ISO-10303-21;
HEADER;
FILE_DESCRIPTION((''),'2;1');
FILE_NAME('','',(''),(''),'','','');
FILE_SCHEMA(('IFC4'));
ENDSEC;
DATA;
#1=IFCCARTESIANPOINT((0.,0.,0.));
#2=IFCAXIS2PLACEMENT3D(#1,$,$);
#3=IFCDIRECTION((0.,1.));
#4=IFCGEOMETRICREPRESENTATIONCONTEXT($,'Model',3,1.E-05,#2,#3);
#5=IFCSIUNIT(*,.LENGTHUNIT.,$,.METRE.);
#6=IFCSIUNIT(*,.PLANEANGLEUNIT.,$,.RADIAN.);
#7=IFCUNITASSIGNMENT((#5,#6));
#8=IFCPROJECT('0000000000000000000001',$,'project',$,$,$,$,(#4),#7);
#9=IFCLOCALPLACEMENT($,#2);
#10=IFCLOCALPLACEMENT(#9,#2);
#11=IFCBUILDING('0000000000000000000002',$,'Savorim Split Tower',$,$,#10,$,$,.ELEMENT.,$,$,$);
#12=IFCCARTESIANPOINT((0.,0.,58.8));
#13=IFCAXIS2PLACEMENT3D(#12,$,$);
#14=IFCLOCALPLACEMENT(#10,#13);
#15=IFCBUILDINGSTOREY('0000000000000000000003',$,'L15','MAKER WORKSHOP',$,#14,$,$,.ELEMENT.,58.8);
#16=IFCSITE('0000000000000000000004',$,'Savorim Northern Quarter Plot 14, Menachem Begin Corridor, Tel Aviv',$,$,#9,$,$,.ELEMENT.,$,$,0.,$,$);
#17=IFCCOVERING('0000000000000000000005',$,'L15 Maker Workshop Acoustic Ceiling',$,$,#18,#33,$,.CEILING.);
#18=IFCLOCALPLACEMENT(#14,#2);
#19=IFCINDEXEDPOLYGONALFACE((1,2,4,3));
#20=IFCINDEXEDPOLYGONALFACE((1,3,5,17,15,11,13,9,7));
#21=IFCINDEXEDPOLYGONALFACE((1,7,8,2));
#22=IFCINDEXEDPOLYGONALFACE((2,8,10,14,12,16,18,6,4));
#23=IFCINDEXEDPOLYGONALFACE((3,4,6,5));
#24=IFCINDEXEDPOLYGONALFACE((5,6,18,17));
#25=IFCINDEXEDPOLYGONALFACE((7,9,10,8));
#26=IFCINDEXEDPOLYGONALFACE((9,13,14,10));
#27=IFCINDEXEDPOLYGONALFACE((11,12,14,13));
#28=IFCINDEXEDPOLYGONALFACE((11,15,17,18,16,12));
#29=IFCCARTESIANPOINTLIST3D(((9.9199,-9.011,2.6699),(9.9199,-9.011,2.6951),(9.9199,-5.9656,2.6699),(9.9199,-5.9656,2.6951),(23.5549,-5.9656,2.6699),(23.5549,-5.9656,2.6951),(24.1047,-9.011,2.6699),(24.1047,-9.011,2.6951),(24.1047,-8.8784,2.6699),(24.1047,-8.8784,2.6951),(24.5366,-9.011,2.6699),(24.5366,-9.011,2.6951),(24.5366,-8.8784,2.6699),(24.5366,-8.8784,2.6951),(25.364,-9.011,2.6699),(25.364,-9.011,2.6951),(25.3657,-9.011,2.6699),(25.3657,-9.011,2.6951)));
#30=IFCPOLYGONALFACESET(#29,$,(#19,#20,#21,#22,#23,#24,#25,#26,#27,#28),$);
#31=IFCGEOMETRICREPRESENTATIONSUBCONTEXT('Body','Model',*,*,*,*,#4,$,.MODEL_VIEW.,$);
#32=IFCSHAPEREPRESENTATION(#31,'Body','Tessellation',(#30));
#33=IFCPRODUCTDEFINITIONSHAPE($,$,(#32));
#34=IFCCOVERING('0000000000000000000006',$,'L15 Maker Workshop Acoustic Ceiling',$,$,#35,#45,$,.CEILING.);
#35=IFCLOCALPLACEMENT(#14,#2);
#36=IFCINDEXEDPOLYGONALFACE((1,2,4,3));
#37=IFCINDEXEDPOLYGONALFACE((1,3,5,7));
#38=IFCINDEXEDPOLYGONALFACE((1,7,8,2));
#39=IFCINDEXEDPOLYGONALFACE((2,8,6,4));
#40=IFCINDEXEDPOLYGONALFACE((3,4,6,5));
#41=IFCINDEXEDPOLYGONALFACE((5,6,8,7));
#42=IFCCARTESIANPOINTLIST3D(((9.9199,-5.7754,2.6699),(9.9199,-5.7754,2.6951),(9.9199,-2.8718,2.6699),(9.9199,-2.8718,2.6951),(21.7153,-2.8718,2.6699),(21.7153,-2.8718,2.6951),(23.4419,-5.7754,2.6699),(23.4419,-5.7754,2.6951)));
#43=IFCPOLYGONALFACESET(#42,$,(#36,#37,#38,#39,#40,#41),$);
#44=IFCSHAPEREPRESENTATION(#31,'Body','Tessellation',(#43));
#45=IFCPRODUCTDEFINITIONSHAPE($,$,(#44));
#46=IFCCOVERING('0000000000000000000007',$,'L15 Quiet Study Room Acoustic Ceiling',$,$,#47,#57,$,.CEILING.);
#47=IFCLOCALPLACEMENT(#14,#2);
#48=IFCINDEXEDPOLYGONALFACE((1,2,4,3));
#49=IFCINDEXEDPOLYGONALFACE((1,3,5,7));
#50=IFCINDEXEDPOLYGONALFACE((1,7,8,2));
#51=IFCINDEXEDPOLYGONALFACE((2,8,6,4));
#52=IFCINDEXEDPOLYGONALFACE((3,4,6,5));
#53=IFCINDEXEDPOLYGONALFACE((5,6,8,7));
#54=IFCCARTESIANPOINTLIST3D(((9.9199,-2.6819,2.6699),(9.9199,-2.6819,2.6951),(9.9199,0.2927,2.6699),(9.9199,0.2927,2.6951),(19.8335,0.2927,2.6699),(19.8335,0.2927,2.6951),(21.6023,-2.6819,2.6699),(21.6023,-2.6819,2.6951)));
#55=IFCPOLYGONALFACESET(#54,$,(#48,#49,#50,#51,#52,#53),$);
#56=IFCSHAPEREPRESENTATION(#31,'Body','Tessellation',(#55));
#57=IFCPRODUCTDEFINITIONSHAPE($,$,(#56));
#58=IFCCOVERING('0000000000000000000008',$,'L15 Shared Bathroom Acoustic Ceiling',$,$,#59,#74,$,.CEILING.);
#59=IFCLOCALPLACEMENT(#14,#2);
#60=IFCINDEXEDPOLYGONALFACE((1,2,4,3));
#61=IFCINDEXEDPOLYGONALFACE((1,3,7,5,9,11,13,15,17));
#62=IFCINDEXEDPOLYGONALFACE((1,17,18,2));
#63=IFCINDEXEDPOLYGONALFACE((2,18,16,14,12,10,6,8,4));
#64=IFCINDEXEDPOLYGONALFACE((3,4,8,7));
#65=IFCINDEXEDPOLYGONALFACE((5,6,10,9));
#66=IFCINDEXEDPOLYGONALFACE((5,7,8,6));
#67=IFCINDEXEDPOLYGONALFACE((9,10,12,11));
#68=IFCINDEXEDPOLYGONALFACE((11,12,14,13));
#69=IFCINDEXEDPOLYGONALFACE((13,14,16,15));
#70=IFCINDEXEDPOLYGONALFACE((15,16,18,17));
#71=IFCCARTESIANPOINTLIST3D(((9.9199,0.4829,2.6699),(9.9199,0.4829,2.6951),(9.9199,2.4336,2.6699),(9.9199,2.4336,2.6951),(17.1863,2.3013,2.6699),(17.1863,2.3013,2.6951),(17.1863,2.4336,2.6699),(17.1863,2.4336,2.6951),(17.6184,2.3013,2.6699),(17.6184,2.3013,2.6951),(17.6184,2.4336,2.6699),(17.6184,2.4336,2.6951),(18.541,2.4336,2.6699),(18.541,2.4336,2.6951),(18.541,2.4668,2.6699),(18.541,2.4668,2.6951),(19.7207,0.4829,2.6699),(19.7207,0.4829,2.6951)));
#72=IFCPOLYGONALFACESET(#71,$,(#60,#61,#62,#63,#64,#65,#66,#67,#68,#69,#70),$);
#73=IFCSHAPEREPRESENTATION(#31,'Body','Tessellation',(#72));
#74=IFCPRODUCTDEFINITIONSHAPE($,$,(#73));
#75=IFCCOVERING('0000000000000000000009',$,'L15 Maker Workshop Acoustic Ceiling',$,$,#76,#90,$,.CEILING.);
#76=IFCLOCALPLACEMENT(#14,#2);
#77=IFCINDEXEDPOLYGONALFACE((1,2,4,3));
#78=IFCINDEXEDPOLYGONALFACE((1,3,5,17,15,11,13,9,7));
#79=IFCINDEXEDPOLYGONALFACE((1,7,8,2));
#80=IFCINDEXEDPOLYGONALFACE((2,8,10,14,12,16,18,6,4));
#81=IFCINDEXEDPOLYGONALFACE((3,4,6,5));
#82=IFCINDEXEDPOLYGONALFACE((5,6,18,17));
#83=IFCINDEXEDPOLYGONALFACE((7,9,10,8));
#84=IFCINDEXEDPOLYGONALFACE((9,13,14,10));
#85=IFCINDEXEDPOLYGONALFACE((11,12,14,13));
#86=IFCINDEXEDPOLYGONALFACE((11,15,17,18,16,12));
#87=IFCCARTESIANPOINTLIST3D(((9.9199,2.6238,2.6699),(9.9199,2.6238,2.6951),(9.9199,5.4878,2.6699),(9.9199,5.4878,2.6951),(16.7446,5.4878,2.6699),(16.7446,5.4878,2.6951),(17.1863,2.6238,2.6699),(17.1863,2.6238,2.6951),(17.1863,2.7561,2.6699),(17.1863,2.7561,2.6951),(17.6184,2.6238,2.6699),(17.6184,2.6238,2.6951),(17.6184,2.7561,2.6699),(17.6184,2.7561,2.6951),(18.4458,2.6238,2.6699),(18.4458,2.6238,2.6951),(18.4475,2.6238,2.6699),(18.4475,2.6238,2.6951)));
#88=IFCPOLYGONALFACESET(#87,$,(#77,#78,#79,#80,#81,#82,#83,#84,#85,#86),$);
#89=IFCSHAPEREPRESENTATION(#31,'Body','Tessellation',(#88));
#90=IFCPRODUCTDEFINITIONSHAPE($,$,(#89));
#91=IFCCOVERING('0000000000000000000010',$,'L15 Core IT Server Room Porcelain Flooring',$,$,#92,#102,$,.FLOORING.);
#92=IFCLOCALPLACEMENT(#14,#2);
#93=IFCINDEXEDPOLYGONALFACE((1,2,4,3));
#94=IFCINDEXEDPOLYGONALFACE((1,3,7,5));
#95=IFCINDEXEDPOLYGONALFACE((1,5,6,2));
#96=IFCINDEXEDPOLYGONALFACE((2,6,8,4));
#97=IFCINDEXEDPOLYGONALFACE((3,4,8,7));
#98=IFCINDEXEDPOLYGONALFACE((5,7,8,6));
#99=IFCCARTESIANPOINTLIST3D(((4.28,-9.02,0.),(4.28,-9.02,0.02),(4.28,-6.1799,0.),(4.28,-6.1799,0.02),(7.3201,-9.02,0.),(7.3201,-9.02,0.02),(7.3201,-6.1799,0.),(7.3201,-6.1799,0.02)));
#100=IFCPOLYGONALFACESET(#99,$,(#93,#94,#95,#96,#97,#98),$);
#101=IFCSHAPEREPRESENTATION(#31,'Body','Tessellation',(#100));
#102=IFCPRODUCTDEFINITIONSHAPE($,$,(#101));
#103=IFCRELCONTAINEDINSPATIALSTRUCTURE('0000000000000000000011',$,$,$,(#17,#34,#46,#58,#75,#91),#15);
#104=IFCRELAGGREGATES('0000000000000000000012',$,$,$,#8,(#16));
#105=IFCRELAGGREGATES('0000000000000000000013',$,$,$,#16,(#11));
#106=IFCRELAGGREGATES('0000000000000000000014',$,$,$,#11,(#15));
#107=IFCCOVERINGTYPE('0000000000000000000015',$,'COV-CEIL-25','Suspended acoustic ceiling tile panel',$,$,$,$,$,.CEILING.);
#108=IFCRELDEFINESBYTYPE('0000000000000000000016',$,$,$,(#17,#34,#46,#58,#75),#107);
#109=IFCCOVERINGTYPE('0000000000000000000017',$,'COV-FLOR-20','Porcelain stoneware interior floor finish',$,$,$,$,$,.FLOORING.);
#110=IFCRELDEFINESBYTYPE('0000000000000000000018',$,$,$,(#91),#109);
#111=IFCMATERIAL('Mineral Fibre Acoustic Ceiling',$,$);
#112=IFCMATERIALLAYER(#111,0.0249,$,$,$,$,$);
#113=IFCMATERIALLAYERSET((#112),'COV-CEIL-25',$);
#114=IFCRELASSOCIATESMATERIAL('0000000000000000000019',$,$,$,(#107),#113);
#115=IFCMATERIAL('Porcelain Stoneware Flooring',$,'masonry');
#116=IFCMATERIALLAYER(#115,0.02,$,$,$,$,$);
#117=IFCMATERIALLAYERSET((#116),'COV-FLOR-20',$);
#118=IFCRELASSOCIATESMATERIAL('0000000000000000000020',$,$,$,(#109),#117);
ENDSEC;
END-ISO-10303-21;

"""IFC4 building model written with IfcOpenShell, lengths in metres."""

from ifc_helpers import new_model, si_unit, direction, frame, origin, place, context, subcontext, project, spatial, polyline, outline, extrude, material, layer, layer_set, type_object, element, save


model = new_model("IFC4")

# Units and contexts
model_context = context("Model", 3, precision=1e-05, world=origin(), true_north=direction((0.0, 1.0)))
body_context = subcontext(model_context, "Body", "Model", "MODEL_VIEW")
ifc_project = project(units=[si_unit("LENGTHUNIT", "METRE"), si_unit("PLANEANGLEUNIT", "RADIAN")], contexts=[model_context])

# Site, building, storey
site_placement = place(None, origin())
site = spatial("IfcSite", under=ifc_project, at=site_placement, Name="Savorim Northern Quarter Plot 14, Menachem Begin Corridor, Tel Aviv", CompositionType="ELEMENT", RefElevation=0.0)
building_placement = place(site_placement, origin())
building = spatial("IfcBuilding", under=site, at=building_placement, Name="Savorim Split Tower", CompositionType="ELEMENT")
storey_placement = place(building_placement, frame((0.0, 0.0, 58.8)))
storey = spatial("IfcBuildingStorey", under=building, at=storey_placement, Name="L15", Description="MAKER WORKSHOP", CompositionType="ELEMENT", Elevation=58.8)

# Coverings
ifc_material_1 = material(Name="Mineral Fibre Acoustic Ceiling")
ifc_layer_1 = layer(ifc_material_1, 0.0249)
ifc_layer_set_1 = layer_set([ifc_layer_1], Name="COV-CEIL-25")
covering_type_1 = type_object("IfcCoveringType", Name="COV-CEIL-25", Description="Suspended acoustic ceiling tile panel", PredefinedType="CEILING", material=ifc_layer_set_1)
covering_1_placement = place(storey_placement, frame((0.0, 0.0, 2.6699)))
element("IfcCovering", 1, at=covering_1_placement, inside=storey, type_object=covering_type_1, Name="L15 Maker Workshop Acoustic Ceiling", PredefinedType="CEILING", context=body_context, shape_type="SweptSolid", body=[
    extrude(outline(polyline([(24.5366, -8.8784), (24.5366, -9.011), (25.364, -9.011), (25.3657, -9.011), (23.5549, -5.9656), (9.9199, -5.9656), (9.9199, -9.011), (24.1047, -9.011), (24.1047, -8.8784), (24.5366, -8.8784)])), origin(), (0.0, 0.0, 1.0), 0.0251),
])
covering_2_placement = place(storey_placement, frame((0.0, 0.0, 2.6699)))
element("IfcCovering", 2, at=covering_2_placement, inside=storey, type_object=covering_type_1, Name="L15 Maker Workshop Acoustic Ceiling", PredefinedType="CEILING", context=body_context, shape_type="SweptSolid", body=[
    extrude(outline(polyline([(23.4419, -5.7754), (21.7153, -2.8718), (9.9199, -2.8718), (9.9199, -5.7754), (23.4419, -5.7754)])), origin(), (0.0, 0.0, 1.0), 0.0251),
])
covering_3_placement = place(storey_placement, frame((0.0, 0.0, 2.6699)))
element("IfcCovering", 3, at=covering_3_placement, inside=storey, type_object=covering_type_1, Name="L15 Quiet Study Room Acoustic Ceiling", PredefinedType="CEILING", context=body_context, shape_type="SweptSolid", body=[
    extrude(outline(polyline([(21.6023, -2.6819), (19.8335, 0.2927), (9.9199, 0.2927), (9.9199, -2.6819), (21.6023, -2.6819)])), origin(), (0.0, 0.0, 1.0), 0.0251),
])
covering_4_placement = place(storey_placement, frame((0.0, 0.0, 2.6699)))
element("IfcCovering", 4, at=covering_4_placement, inside=storey, type_object=covering_type_1, Name="L15 Shared Bathroom Acoustic Ceiling", PredefinedType="CEILING", context=body_context, shape_type="SweptSolid", body=[
    extrude(outline(polyline([(17.1863, 2.3013), (17.1863, 2.4336), (9.9199, 2.4336), (9.9199, 0.4829), (19.7207, 0.4829), (18.541, 2.4668), (18.541, 2.4336), (17.6184, 2.4336), (17.6184, 2.3013), (17.1863, 2.3013)])), origin(), (0.0, 0.0, 1.0), 0.0251),
])
covering_5_placement = place(storey_placement, frame((0.0, 0.0, 2.6699)))
element("IfcCovering", 5, at=covering_5_placement, inside=storey, type_object=covering_type_1, Name="L15 Maker Workshop Acoustic Ceiling", PredefinedType="CEILING", context=body_context, shape_type="SweptSolid", body=[
    extrude(outline(polyline([(17.6184, 2.7561), (17.6184, 2.6238), (18.4458, 2.6238), (18.4475, 2.6238), (16.7446, 5.4878), (9.9199, 5.4878), (9.9199, 2.6238), (17.1863, 2.6238), (17.1863, 2.7561), (17.6184, 2.7561)])), origin(), (0.0, 0.0, 1.0), 0.0251),
])
ifc_material_2 = material(Name="Porcelain Stoneware Flooring", Category="masonry")
ifc_layer_2 = layer(ifc_material_2, 0.02)
ifc_layer_set_2 = layer_set([ifc_layer_2], Name="COV-FLOR-20")
covering_type_2 = type_object("IfcCoveringType", Name="COV-FLOR-20", Description="Porcelain stoneware interior floor finish", PredefinedType="FLOORING", material=ifc_layer_set_2)
covering_6_placement = place(storey_placement, origin())
element("IfcCovering", 6, at=covering_6_placement, inside=storey, type_object=covering_type_2, Name="L15 Core IT Server Room Porcelain Flooring", PredefinedType="FLOORING", context=body_context, shape_type="SweptSolid", body=[
    extrude(outline(polyline([(4.28, -6.1799), (4.28, -9.02), (7.3201, -9.02), (7.3201, -6.1799), (4.28, -6.1799)])), origin(), (0.0, 0.0, 1.0), 0.02),
])

save(model, "model.ifc")
